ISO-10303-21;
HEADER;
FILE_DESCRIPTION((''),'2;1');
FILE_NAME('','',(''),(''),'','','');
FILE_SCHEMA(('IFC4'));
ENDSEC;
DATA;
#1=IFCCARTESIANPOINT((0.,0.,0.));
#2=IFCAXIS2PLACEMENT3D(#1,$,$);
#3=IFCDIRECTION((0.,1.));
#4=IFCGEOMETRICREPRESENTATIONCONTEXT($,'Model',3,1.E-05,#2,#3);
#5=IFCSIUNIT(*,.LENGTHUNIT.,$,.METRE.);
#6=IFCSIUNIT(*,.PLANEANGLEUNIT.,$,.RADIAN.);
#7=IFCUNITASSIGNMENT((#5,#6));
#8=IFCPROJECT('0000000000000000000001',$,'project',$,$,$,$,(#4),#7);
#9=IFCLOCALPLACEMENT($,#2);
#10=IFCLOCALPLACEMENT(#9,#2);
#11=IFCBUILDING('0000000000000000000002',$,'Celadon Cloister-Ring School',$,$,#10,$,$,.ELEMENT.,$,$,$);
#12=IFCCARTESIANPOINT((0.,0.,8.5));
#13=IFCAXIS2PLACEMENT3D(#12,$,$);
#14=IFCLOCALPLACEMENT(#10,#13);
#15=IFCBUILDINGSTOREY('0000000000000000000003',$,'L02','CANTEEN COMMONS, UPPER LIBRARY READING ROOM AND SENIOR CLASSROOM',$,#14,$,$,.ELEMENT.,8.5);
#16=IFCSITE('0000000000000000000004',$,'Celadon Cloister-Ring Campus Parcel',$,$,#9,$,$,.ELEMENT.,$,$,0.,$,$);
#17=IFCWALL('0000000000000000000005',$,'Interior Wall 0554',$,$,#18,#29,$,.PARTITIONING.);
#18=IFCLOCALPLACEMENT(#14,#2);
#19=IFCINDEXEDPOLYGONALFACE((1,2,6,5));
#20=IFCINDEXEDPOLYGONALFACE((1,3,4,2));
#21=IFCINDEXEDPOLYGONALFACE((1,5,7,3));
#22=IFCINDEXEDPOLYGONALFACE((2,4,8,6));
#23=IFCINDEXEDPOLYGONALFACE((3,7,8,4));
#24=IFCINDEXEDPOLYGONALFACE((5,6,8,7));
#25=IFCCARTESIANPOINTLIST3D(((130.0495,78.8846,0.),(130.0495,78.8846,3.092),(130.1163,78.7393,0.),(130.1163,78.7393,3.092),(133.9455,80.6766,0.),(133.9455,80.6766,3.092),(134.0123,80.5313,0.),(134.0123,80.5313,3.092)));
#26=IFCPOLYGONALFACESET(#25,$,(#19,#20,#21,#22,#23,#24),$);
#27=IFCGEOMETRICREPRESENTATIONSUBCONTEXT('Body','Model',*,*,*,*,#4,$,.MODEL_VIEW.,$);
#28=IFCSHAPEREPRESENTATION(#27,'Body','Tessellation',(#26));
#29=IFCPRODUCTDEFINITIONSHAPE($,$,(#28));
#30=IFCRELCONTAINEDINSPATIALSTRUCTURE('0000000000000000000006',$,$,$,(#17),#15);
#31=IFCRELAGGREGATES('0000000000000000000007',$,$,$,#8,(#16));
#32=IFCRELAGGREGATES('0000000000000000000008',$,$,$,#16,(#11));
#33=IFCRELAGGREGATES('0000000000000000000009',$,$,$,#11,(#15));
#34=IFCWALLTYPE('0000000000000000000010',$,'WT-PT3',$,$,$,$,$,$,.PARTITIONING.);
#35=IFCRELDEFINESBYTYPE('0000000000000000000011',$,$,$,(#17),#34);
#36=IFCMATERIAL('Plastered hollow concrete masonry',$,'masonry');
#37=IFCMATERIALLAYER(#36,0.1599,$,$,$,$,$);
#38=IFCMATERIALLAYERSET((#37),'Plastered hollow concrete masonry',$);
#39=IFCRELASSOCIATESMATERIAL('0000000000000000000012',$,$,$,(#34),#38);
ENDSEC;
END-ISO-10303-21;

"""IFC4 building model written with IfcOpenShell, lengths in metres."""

from ifc_helpers import new_model, si_unit, direction, frame, frame_2d, origin, place, context, subcontext, project, spatial, rectangle, extrude, material, layer, layer_set, type_object, element, save


model = new_model("IFC4")

# Units and contexts
model_context = context("Model", 3, precision=1e-05, world=origin(), true_north=direction((0.0, 1.0)))
body_context = subcontext(model_context, "Body", "Model", "MODEL_VIEW")
ifc_project = project(units=[si_unit("LENGTHUNIT", "METRE"), si_unit("PLANEANGLEUNIT", "RADIAN")], contexts=[model_context])

# Site, building, storey
site_placement = place(None, origin())
site = spatial("IfcSite", under=ifc_project, at=site_placement, Name="Celadon Cloister-Ring Campus Parcel", CompositionType="ELEMENT", RefElevation=0.0)
building_placement = place(site_placement, origin())
building = spatial("IfcBuilding", under=site, at=building_placement, Name="Celadon Cloister-Ring School", CompositionType="ELEMENT")
storey_placement = place(building_placement, frame((0.0, 0.0, 8.5)))
storey = spatial("IfcBuildingStorey", under=building, at=storey_placement, Name="L02", Description="CANTEEN COMMONS, UPPER LIBRARY READING ROOM AND SENIOR CLASSROOM", CompositionType="ELEMENT", Elevation=8.5)

# Wall
ifc_material_1 = material(Name="Plastered hollow concrete masonry", Category="masonry")
ifc_layer_1 = layer(ifc_material_1, 0.1599)
ifc_layer_set_1 = layer_set([ifc_layer_1], Name="Plastered hollow concrete masonry")
wall_type_1 = type_object("IfcWallType", Name="WT-PT3", PredefinedType="PARTITIONING", material=ifc_layer_set_1)
wall_1_placement = place(storey_placement, frame((130.083, 78.812, 0.0), z_axis=(0.0, 0.0, 1.0), x_axis=(0.908505, 0.417874, 0.0)))
element("IfcWall", 1, at=wall_1_placement, inside=storey, type_object=wall_type_1, Name="Interior Wall 0554", PredefinedType="PARTITIONING", context=body_context, shape_type="SweptSolid", body=[
    extrude(rectangle(XDim=4.2883, YDim=0.1599, at=frame_2d((2.144, 0.0))), origin(), (0.0, 0.0, 1.0), 3.092),
])

save(model, "model.ifc")
